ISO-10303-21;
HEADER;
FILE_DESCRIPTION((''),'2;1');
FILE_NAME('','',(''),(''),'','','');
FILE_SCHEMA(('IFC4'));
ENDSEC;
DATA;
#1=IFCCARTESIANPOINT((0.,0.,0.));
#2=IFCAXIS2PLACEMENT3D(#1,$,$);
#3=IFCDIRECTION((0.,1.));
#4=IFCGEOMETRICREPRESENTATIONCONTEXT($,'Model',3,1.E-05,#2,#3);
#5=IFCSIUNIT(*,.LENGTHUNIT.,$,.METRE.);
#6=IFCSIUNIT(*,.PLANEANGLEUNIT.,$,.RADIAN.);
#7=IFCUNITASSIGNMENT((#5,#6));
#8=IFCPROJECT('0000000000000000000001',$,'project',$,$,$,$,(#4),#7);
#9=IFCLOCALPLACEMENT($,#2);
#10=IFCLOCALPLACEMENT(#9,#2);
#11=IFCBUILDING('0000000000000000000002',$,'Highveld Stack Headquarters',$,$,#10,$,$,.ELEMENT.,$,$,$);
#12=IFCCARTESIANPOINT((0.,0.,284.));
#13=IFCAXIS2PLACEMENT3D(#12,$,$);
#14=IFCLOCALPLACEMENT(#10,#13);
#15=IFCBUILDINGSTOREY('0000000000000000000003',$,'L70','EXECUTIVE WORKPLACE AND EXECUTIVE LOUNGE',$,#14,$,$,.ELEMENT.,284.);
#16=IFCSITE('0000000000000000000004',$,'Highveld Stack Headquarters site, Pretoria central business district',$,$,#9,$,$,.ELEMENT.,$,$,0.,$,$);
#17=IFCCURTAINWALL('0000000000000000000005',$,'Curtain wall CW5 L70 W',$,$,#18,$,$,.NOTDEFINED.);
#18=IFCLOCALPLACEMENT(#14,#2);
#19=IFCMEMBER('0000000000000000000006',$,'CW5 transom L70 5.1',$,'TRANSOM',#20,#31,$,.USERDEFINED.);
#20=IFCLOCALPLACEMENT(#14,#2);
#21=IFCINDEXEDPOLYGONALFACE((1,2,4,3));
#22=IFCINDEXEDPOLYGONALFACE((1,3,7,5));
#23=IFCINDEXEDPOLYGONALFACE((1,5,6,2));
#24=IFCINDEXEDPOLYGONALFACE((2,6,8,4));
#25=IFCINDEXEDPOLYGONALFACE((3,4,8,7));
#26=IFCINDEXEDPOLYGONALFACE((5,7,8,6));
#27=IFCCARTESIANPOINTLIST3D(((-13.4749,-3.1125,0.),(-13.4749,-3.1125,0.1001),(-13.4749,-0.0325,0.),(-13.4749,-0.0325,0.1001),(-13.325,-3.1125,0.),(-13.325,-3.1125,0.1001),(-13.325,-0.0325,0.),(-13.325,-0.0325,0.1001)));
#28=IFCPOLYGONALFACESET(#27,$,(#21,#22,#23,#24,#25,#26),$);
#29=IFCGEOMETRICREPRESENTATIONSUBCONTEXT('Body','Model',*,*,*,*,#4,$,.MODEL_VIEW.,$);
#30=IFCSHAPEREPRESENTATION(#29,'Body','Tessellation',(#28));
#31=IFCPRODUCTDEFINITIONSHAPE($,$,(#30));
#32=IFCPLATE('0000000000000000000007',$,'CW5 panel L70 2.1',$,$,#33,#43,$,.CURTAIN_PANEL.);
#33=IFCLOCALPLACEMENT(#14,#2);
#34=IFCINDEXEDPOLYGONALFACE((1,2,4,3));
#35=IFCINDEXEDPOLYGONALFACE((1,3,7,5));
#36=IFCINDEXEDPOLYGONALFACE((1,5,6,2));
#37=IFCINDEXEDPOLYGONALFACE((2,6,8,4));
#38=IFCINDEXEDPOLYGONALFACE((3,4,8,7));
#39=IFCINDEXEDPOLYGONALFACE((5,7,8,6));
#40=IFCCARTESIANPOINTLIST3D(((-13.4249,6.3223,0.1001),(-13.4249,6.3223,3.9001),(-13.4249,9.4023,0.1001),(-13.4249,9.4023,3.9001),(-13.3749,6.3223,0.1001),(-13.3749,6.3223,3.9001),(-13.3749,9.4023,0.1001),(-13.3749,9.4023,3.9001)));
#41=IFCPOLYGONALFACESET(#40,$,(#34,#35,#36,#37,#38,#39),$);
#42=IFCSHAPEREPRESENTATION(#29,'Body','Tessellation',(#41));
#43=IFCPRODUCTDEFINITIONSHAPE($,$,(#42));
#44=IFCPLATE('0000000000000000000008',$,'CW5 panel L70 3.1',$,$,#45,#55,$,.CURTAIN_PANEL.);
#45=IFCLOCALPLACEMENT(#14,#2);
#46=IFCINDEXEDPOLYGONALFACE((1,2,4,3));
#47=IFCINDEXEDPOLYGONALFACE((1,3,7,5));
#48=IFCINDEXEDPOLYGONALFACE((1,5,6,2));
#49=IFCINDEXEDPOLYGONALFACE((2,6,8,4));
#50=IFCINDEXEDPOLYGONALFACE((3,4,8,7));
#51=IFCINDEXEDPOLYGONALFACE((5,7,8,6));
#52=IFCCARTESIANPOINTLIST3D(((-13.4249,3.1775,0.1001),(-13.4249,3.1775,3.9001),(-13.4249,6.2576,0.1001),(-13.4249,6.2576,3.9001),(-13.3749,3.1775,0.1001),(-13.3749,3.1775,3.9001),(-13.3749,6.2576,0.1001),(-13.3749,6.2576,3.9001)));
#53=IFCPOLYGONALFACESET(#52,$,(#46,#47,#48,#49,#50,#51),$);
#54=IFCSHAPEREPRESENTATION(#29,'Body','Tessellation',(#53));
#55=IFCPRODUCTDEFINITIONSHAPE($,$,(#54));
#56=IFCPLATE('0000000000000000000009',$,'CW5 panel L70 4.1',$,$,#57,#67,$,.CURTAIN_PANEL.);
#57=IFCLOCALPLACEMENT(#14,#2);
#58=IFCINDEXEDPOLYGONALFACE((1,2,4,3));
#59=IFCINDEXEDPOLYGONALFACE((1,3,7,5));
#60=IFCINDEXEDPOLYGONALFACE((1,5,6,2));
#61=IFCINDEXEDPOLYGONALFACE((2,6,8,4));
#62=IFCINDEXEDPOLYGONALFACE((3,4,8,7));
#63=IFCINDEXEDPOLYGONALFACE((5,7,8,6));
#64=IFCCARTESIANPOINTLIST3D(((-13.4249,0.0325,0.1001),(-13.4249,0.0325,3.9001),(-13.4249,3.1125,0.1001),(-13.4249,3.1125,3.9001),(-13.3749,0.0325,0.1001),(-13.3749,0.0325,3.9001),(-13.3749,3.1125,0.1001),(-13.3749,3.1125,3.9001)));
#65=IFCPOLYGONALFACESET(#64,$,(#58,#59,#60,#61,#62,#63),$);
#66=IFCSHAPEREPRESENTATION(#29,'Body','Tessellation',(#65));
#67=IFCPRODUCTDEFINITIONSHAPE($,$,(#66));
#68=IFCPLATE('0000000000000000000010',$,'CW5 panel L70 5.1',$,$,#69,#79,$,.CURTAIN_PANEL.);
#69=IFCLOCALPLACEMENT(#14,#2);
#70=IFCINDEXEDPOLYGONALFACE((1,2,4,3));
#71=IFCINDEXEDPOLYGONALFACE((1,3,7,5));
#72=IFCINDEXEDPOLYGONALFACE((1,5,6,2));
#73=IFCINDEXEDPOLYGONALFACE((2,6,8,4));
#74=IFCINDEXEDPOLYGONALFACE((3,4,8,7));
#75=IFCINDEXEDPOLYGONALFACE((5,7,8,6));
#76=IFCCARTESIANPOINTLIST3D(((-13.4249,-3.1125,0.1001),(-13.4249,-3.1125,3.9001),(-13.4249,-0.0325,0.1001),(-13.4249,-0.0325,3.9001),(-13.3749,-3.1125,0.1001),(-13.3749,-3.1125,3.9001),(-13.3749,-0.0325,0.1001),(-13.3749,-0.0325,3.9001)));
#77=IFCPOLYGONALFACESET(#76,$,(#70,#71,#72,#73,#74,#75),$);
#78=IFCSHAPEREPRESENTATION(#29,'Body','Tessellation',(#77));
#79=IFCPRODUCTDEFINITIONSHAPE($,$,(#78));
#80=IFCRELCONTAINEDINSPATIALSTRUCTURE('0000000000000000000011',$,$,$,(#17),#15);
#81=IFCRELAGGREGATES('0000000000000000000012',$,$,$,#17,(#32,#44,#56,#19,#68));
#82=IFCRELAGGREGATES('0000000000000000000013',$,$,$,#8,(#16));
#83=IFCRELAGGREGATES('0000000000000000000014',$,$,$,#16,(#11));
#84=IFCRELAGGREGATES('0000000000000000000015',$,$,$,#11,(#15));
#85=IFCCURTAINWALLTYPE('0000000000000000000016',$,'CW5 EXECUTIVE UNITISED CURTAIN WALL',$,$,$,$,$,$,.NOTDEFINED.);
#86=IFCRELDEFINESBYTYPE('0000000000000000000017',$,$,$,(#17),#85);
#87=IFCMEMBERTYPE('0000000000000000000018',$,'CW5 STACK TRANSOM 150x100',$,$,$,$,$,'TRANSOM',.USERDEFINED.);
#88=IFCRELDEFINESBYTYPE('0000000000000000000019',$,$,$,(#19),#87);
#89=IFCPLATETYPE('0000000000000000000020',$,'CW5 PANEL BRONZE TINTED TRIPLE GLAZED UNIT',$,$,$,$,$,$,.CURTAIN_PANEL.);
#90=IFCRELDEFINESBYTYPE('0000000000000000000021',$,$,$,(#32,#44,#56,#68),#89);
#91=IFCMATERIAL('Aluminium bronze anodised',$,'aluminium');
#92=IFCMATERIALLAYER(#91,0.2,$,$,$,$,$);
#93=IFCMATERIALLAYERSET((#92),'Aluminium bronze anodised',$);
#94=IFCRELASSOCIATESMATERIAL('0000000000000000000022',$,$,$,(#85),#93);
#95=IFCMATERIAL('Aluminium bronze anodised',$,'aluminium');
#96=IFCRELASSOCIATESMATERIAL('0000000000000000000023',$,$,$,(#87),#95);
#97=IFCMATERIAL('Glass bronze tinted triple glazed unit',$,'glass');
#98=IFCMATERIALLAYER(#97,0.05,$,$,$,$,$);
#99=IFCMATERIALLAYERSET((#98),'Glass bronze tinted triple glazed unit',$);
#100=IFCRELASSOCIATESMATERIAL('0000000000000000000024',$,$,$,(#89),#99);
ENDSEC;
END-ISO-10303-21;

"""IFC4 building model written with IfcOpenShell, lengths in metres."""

from ifc_helpers import new_model, si_unit, direction, frame, origin, origin_2d, place, context, subcontext, project, spatial, rectangle, extrude, material, layer, layer_set, material_profile, profile_set, type_object, element, aggregate, save


model = new_model("IFC4")

# Units and contexts
model_context = context("Model", 3, precision=1e-05, world=origin(), true_north=direction((0.0, 1.0)))
body_context = subcontext(model_context, "Body", "Model", "MODEL_VIEW")
ifc_project = project(units=[si_unit("LENGTHUNIT", "METRE"), si_unit("PLANEANGLEUNIT", "RADIAN")], contexts=[model_context])

# Site, building, storey
site_placement = place(None, origin())
site = spatial("IfcSite", under=ifc_project, at=site_placement, Name="Highveld Stack Headquarters site, Pretoria central business district", CompositionType="ELEMENT", RefElevation=0.0)
building_placement = place(site_placement, origin())
building = spatial("IfcBuilding", under=site, at=building_placement, Name="Highveld Stack Headquarters", CompositionType="ELEMENT")
storey_placement = place(building_placement, frame((0.0, 0.0, 284.0)))
storey = spatial("IfcBuildingStorey", under=building, at=storey_placement, Name="L70", Description="EXECUTIVE WORKPLACE AND EXECUTIVE LOUNGE", CompositionType="ELEMENT", Elevation=284.0)

# Curtain wall, member, plates
ifc_material_1 = material(Name="Aluminium bronze anodised", Category="aluminium")
ifc_layer_1 = layer(ifc_material_1, 0.2)
ifc_layer_set_1 = layer_set([ifc_layer_1], Name="Aluminium bronze anodised")
curtain_wall_type = type_object("IfcCurtainWallType", Name="CW5 EXECUTIVE UNITISED CURTAIN WALL", PredefinedType="NOTDEFINED", material=ifc_layer_set_1)
curtain_wall_placement = place(storey_placement, origin())
curtain_wall = element("IfcCurtainWall", 1, at=curtain_wall_placement, inside=storey, type_object=curtain_wall_type, Name="Curtain wall CW5 L70 W", PredefinedType="NOTDEFINED")
ifc_material_2 = material(Name="Aluminium bronze anodised", Category="aluminium")
ifc_material_profile_1 = material_profile(ifc_material_2, rectangle(XDim=0.1499, YDim=0.1001, at=origin_2d()), Name="CW5 TRANSOM 150x100")
ifc_profile_set_1 = profile_set([ifc_material_profile_1], Name="Aluminium bronze anodised")
member_type_1 = type_object("IfcMemberType", Name="CW5 STACK TRANSOM 150x100", ElementType="TRANSOM", PredefinedType="USERDEFINED", material=ifc_profile_set_1)
member_1_placement = place(storey_placement, frame((-13.3999, -0.0325, 0.05), z_axis=(0.0, -1.0, 0.0), x_axis=(1.0, 0.0, 0.0)))
member_1 = element("IfcMember", 2, at=member_1_placement, type_object=member_type_1, Name="CW5 transom L70 5.1", ObjectType="TRANSOM", PredefinedType="USERDEFINED", context=body_context, shape_type="SweptSolid", body=[
    extrude(rectangle(XDim=0.1499, YDim=0.1001, at=origin_2d()), origin(), (0.0, 0.0, 1.0), 3.0801),
])
ifc_material_3 = material(Name="Glass bronze tinted triple glazed unit", Category="glass")
ifc_layer_2 = layer(ifc_material_3, 0.05)
ifc_layer_set_2 = layer_set([ifc_layer_2], Name="Glass bronze tinted triple glazed unit")
plate_type = type_object("IfcPlateType", Name="CW5 PANEL BRONZE TINTED TRIPLE GLAZED UNIT", PredefinedType="CURTAIN_PANEL", material=ifc_layer_set_2)
plate_1_placement = place(storey_placement, frame((-13.3999, 7.8623, 0.1001), z_axis=(0.0, 0.0, 1.0), x_axis=(0.0, -1.0, 0.0)))
plate_1 = element("IfcPlate", 3, at=plate_1_placement, type_object=plate_type, Name="CW5 panel L70 2.1", PredefinedType="CURTAIN_PANEL", context=body_context, shape_type="SweptSolid", body=[
    extrude(rectangle(XDim=3.0801, YDim=0.05, at=origin_2d()), origin(), (0.0, 0.0, 1.0), 3.8),
])
plate_2_placement = place(storey_placement, frame((-13.3999, 4.7175, 0.1001), z_axis=(0.0, 0.0, 1.0), x_axis=(0.0, -1.0, 0.0)))
plate_2 = element("IfcPlate", 4, at=plate_2_placement, type_object=plate_type, Name="CW5 panel L70 3.1", PredefinedType="CURTAIN_PANEL", context=body_context, shape_type="SweptSolid", body=[
    extrude(rectangle(XDim=3.0801, YDim=0.05, at=origin_2d()), origin(), (0.0, 0.0, 1.0), 3.8),
])
plate_3_placement = place(storey_placement, frame((-13.3999, 1.5725, 0.1001), z_axis=(0.0, 0.0, 1.0), x_axis=(0.0, -1.0, 0.0)))
plate_3 = element("IfcPlate", 5, at=plate_3_placement, type_object=plate_type, Name="CW5 panel L70 4.1", PredefinedType="CURTAIN_PANEL", context=body_context, shape_type="SweptSolid", body=[
    extrude(rectangle(XDim=3.0801, YDim=0.05, at=origin_2d()), origin(), (0.0, 0.0, 1.0), 3.8),
])
plate_4_placement = place(storey_placement, frame((-13.3999, -1.5725, 0.1001), z_axis=(0.0, 0.0, 1.0), x_axis=(0.0, -1.0, 0.0)))
plate_4 = element("IfcPlate", 6, at=plate_4_placement, type_object=plate_type, Name="CW5 panel L70 5.1", PredefinedType="CURTAIN_PANEL", context=body_context, shape_type="SweptSolid", body=[
    extrude(rectangle(XDim=3.0801, YDim=0.05, at=origin_2d()), origin(), (0.0, 0.0, 1.0), 3.8),
])
aggregate(curtain_wall, [plate_1, plate_2, plate_3, member_1, plate_4])

save(model, "model.ifc")
